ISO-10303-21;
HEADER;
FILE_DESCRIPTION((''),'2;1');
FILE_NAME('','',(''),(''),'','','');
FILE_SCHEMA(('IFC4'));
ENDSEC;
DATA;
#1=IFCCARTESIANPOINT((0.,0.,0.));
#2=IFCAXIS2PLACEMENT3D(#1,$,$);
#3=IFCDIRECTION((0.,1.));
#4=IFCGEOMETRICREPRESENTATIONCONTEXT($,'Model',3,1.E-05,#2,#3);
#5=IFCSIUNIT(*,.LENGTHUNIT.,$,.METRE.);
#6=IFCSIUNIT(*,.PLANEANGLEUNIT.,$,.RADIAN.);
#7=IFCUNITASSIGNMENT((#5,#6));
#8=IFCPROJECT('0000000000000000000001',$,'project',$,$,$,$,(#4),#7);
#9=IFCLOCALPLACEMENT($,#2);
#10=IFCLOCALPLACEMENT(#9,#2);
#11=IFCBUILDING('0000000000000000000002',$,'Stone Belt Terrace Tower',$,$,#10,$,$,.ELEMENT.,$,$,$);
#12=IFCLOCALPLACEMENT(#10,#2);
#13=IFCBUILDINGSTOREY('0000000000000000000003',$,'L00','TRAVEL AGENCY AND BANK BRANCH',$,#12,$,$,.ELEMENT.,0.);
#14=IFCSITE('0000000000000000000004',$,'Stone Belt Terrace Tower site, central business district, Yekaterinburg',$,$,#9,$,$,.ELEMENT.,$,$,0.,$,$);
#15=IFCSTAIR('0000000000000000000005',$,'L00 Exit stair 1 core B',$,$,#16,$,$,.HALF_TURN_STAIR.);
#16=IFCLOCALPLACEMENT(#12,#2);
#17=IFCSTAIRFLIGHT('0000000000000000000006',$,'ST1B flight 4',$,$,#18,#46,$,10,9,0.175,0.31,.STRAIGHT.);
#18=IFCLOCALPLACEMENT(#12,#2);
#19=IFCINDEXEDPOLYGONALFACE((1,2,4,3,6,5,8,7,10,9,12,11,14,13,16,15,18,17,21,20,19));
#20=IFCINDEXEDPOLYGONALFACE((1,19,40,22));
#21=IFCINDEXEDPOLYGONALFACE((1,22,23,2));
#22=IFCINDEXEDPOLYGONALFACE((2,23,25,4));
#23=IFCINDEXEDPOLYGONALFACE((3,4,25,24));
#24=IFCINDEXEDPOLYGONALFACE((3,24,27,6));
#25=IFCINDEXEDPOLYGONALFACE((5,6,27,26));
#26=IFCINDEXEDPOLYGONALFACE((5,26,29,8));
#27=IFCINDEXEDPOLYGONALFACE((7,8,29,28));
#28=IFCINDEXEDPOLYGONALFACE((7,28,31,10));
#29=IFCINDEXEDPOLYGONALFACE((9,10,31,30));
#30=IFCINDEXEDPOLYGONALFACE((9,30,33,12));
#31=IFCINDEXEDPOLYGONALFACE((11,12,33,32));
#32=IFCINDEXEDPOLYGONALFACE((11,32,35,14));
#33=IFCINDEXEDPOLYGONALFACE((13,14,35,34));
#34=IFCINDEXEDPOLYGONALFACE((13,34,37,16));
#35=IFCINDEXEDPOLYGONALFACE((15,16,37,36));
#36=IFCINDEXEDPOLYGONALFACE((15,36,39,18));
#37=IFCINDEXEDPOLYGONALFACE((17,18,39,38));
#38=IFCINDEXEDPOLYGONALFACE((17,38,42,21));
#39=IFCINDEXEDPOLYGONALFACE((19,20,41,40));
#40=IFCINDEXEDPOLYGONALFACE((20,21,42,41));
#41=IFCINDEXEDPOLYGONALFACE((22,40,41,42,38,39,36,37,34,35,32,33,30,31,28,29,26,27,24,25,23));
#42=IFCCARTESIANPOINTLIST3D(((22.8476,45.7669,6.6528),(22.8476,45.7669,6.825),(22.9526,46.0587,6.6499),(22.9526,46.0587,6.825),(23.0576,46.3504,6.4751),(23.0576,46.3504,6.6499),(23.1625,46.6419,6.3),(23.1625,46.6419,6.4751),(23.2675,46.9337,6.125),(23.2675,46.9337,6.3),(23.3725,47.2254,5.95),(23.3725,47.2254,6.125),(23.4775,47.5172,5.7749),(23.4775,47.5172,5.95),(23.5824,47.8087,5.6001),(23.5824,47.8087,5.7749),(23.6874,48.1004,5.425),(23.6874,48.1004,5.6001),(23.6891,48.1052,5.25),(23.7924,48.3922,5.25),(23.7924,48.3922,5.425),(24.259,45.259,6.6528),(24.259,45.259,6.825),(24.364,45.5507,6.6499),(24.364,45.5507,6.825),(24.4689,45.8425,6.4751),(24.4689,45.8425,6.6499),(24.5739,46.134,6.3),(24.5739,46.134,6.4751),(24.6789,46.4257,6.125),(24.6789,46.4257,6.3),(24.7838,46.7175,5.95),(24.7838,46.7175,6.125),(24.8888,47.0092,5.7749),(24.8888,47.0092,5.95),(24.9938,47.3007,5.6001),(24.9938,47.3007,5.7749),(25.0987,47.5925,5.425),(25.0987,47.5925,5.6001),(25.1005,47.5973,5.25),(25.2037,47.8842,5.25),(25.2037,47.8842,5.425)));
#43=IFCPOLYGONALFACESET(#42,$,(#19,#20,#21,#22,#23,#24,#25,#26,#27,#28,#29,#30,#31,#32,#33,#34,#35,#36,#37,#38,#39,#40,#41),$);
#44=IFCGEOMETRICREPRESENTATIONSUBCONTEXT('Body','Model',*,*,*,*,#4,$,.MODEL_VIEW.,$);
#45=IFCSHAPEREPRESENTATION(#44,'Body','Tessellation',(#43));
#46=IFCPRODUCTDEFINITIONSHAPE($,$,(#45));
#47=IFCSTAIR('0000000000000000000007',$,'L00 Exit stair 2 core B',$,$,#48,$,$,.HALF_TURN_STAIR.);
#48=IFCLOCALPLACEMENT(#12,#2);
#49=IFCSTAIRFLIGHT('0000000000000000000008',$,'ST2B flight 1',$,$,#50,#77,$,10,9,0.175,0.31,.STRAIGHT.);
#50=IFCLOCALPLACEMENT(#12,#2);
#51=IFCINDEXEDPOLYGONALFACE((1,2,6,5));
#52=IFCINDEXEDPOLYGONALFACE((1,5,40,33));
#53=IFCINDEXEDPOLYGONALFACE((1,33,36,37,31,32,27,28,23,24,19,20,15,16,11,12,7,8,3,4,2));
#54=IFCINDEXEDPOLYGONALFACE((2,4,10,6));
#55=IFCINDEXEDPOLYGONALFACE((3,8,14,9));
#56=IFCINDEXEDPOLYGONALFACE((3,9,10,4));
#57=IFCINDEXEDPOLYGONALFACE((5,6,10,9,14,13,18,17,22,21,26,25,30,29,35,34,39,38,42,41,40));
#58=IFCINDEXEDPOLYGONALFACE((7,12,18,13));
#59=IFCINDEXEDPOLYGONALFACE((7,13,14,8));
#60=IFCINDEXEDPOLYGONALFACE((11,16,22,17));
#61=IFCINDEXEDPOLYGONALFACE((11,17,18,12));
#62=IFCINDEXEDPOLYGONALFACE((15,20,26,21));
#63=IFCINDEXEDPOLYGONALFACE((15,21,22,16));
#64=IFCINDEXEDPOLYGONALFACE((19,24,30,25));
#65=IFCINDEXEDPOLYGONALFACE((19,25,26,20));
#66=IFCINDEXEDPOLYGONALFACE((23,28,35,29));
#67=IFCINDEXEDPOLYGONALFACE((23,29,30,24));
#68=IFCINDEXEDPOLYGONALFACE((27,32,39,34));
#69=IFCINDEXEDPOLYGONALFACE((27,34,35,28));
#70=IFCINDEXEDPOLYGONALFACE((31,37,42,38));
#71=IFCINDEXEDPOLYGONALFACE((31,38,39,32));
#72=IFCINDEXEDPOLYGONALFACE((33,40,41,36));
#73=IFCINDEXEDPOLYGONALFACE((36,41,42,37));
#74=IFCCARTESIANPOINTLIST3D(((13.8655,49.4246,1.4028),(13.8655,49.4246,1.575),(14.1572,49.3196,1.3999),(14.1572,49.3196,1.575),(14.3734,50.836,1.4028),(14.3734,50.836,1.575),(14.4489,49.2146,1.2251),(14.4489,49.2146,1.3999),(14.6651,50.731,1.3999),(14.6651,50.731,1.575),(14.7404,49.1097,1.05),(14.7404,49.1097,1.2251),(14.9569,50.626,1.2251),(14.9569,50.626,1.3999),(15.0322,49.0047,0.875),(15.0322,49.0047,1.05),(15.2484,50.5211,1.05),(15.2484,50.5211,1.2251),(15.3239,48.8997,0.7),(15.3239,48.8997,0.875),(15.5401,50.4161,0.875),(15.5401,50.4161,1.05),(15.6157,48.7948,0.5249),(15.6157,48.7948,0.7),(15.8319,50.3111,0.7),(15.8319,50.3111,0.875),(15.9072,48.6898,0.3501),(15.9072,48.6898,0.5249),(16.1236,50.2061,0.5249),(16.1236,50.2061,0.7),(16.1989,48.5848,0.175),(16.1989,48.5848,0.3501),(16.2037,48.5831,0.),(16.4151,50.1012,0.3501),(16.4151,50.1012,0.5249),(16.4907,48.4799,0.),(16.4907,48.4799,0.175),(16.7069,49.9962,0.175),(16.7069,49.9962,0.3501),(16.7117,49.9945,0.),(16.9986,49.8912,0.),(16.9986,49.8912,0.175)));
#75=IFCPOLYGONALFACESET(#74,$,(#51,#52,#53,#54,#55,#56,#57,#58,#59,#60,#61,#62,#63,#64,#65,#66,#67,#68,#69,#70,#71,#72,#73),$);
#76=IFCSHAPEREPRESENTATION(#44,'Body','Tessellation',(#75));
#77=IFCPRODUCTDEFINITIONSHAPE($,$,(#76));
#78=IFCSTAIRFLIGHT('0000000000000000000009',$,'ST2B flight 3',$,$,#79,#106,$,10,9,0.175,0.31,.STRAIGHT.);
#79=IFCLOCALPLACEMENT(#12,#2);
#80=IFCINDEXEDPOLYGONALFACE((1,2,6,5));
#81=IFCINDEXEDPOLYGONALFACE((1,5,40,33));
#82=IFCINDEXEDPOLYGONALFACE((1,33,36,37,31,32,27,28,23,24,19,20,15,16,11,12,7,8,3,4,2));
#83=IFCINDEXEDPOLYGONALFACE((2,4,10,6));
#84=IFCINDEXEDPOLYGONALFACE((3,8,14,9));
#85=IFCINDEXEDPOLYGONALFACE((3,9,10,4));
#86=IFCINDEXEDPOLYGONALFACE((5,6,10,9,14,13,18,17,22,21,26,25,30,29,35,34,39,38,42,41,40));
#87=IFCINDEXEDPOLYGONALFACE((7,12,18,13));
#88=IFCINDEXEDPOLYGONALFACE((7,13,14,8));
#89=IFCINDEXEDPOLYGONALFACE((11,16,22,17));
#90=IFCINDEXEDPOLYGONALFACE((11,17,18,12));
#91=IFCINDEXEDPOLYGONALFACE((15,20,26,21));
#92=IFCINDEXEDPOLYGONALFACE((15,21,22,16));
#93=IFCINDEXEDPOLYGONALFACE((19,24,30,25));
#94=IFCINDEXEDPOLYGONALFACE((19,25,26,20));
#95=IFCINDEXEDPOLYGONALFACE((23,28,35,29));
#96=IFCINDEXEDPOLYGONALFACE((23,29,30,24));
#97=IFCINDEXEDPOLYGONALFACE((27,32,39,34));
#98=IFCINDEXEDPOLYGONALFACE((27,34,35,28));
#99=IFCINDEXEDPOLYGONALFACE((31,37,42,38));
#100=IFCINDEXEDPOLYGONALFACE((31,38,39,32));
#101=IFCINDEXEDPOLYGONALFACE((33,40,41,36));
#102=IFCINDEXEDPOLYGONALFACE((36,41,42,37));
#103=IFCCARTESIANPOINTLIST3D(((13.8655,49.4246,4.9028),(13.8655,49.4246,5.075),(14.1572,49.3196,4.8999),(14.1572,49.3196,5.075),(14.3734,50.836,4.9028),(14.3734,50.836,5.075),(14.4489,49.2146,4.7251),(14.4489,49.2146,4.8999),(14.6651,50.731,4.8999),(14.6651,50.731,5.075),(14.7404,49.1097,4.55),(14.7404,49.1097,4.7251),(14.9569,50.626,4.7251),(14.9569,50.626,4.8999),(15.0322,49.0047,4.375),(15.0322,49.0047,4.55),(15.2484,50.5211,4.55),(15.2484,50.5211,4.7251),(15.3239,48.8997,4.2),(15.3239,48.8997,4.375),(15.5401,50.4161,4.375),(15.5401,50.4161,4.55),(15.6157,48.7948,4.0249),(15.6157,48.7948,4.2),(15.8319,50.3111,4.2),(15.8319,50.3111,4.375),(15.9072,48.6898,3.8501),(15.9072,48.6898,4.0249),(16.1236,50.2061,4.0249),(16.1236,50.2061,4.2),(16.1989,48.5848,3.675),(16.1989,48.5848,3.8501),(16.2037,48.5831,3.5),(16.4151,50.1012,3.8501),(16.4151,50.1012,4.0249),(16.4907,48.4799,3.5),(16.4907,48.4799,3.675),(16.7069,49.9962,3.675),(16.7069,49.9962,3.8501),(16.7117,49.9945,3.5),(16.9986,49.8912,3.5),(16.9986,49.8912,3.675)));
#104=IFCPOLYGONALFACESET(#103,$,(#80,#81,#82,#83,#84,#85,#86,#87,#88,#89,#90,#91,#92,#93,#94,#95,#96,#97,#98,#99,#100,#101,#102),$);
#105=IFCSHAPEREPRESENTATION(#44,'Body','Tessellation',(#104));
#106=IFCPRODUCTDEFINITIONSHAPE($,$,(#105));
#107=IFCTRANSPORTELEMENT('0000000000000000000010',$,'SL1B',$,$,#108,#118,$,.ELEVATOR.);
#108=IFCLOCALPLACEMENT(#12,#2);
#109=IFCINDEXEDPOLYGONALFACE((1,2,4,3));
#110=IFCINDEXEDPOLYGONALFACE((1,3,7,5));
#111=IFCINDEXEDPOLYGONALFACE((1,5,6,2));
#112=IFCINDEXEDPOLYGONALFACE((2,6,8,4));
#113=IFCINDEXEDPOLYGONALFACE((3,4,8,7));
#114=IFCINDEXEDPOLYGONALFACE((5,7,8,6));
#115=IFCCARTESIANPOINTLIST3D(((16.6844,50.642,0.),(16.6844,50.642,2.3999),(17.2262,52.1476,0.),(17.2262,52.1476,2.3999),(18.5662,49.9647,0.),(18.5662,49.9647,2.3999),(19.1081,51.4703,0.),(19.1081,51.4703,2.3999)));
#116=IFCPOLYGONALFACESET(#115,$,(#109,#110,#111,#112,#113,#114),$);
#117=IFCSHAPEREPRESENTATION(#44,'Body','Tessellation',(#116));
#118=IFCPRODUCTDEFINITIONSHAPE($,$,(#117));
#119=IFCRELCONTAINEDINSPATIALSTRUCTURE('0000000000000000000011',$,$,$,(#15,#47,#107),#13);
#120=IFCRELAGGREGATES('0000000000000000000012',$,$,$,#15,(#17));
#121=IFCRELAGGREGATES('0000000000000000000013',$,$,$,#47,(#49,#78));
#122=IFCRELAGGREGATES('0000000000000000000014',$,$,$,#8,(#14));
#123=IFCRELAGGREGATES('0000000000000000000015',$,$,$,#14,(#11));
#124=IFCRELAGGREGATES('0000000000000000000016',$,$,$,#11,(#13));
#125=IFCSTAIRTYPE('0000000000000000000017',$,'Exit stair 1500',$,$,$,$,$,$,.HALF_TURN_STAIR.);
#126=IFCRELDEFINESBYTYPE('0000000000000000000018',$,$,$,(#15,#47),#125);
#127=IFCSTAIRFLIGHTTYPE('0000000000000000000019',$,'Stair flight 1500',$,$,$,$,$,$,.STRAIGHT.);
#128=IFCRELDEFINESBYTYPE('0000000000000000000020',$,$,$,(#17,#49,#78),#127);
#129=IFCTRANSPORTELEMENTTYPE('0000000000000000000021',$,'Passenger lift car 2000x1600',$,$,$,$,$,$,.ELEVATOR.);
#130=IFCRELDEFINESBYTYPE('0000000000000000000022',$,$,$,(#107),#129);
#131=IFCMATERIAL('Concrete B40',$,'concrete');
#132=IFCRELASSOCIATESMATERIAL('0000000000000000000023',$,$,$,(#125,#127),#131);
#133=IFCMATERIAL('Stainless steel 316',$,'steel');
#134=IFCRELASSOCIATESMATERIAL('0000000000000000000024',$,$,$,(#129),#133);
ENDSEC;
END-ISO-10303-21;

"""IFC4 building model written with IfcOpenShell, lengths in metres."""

from ifc_helpers import new_model, si_unit, direction, frame, origin, origin_2d, place, context, subcontext, project, spatial, polyline, rectangle, outline, extrude, material, type_object, element, aggregate, save


model = new_model("IFC4")

# Units and contexts
model_context = context("Model", 3, precision=1e-05, world=origin(), true_north=direction((0.0, 1.0)))
body_context = subcontext(model_context, "Body", "Model", "MODEL_VIEW")
ifc_project = project(units=[si_unit("LENGTHUNIT", "METRE"), si_unit("PLANEANGLEUNIT", "RADIAN")], contexts=[model_context])

# Site, building, storey
site_placement = place(None, origin())
site = spatial("IfcSite", under=ifc_project, at=site_placement, Name="Stone Belt Terrace Tower site, central business district, Yekaterinburg", CompositionType="ELEMENT", RefElevation=0.0)
building_placement = place(site_placement, origin())
building = spatial("IfcBuilding", under=site, at=building_placement, Name="Stone Belt Terrace Tower", CompositionType="ELEMENT")
storey_placement = place(building_placement, origin())
storey = spatial("IfcBuildingStorey", under=building, at=storey_placement, Name="L00", Description="TRAVEL AGENCY AND BANK BRANCH", CompositionType="ELEMENT", Elevation=0.0)

# Stairs, stair flights
ifc_material_1 = material(Name="Concrete B40", Category="concrete")
stair_type = type_object("IfcStairType", Name="Exit stair 1500", PredefinedType="HALF_TURN_STAIR", material=ifc_material_1)
stair_1_placement = place(storey_placement, origin())
stair_1 = element("IfcStair", 1, at=stair_1_placement, inside=storey, type_object=stair_type, Name="L00 Exit stair 1 core B", PredefinedType="HALF_TURN_STAIR")
stair_flight_type = type_object("IfcStairFlightType", Name="Stair flight 1500", PredefinedType="STRAIGHT", material=ifc_material_1)
stair_flight_1_placement = place(storey_placement, frame((24.498, 48.1382, 5.25), z_axis=(0.0, 0.0, 1.0), x_axis=(-0.338624, -0.940922, 0.0)))
stair_flight_1 = element("IfcStairFlight", 2, at=stair_flight_1_placement, type_object=stair_flight_type, Name="ST1B flight 4", NumberOfRisers=10, NumberOfTreads=9, PredefinedType="STRAIGHT", RiserHeight=0.175, TreadLength=0.31, context=body_context, shape_type="SweptSolid", body=[
    extrude(outline(polyline([(0.0, 0.0), (0.0, 0.175), (0.3101, 0.175), (0.3101, 0.3501), (0.6201, 0.3501), (0.6201, 0.5249), (0.9299, 0.5249), (0.9299, 0.7), (1.24, 0.7), (1.24, 0.875), (1.55, 0.875), (1.55, 1.05), (1.8601, 1.05), (1.8601, 1.2251), (2.1699, 1.2251), (2.1699, 1.3999), (2.48, 1.3999), (2.48, 1.575), (2.79, 1.575), (2.79, 1.75), (2.79, 1.4028), (0.3049, 0.0), (0.0, 0.0)])), frame((0.0, 0.75, 0.0), z_axis=(0.0, -1.0, 0.0), x_axis=(1.0, 0.0, 0.0)), (0.0, 0.0, 1.0), 1.5),
])
aggregate(stair_1, [stair_flight_1])
stair_2_placement = place(storey_placement, origin())
stair_2 = element("IfcStair", 3, at=stair_2_placement, inside=storey, type_object=stair_type, Name="L00 Exit stair 2 core B", PredefinedType="HALF_TURN_STAIR")
stair_flight_2_placement = place(storey_placement, frame((16.7446, 49.1855, 0.0), z_axis=(0.0, 0.0, 1.0), x_axis=(-0.940922, 0.338624, 0.0)))
stair_flight_2 = element("IfcStairFlight", 4, at=stair_flight_2_placement, type_object=stair_flight_type, Name="ST2B flight 1", NumberOfRisers=10, NumberOfTreads=9, PredefinedType="STRAIGHT", RiserHeight=0.175, TreadLength=0.31, context=body_context, shape_type="SweptSolid", body=[
    extrude(outline(polyline([(0.0, 0.0), (0.0, 0.175), (0.3101, 0.175), (0.3101, 0.3501), (0.6201, 0.3501), (0.6201, 0.5249), (0.9299, 0.5249), (0.9299, 0.7), (1.24, 0.7), (1.24, 0.875), (1.55, 0.875), (1.55, 1.05), (1.8601, 1.05), (1.8601, 1.2251), (2.1699, 1.2251), (2.1699, 1.3999), (2.48, 1.3999), (2.48, 1.575), (2.79, 1.575), (2.79, 1.75), (2.79, 1.4028), (0.3049, 0.0), (0.0, 0.0)])), frame((0.0, 0.75, 0.0), z_axis=(0.0, -1.0, 0.0), x_axis=(1.0, 0.0, 0.0)), (0.0, 0.0, 1.0), 1.5),
])
stair_flight_3_placement = place(storey_placement, frame((16.7446, 49.1855, 3.5), z_axis=(0.0, 0.0, 1.0), x_axis=(-0.940922, 0.338624, 0.0)))
stair_flight_3 = element("IfcStairFlight", 5, at=stair_flight_3_placement, type_object=stair_flight_type, Name="ST2B flight 3", NumberOfRisers=10, NumberOfTreads=9, PredefinedType="STRAIGHT", RiserHeight=0.175, TreadLength=0.31, context=body_context, shape_type="SweptSolid", body=[
    extrude(outline(polyline([(0.0, 0.0), (0.0, 0.175), (0.3101, 0.175), (0.3101, 0.3501), (0.6201, 0.3501), (0.6201, 0.5249), (0.9299, 0.5249), (0.9299, 0.7), (1.24, 0.7), (1.24, 0.875), (1.55, 0.875), (1.55, 1.05), (1.8601, 1.05), (1.8601, 1.2251), (2.1699, 1.2251), (2.1699, 1.3999), (2.48, 1.3999), (2.48, 1.575), (2.79, 1.575), (2.79, 1.75), (2.79, 1.4028), (0.3049, 0.0), (0.0, 0.0)])), frame((0.0, 0.75, 0.0), z_axis=(0.0, -1.0, 0.0), x_axis=(1.0, 0.0, 0.0)), (0.0, 0.0, 1.0), 1.5),
])
aggregate(stair_2, [stair_flight_2, stair_flight_3])

# Transport element
ifc_material_2 = material(Name="Stainless steel 316", Category="steel")
transport_element_type = type_object("IfcTransportElementType", Name="Passenger lift car 2000x1600", PredefinedType="ELEVATOR", material=ifc_material_2)
transport_element_placement = place(storey_placement, frame((17.8962, 51.0562, 0.0), z_axis=(0.0, 0.0, 1.0), x_axis=(-0.940922, 0.338625, 0.0)))
element("IfcTransportElement", 6, at=transport_element_placement, inside=storey, type_object=transport_element_type, Name="SL1B", PredefinedType="ELEVATOR", context=body_context, shape_type="SweptSolid", body=[
    extrude(rectangle(XDim=2.0, YDim=1.6001, at=origin_2d()), origin(), (0.0, 0.0, 1.0), 2.3999),
])

save(model, "model.ifc")
